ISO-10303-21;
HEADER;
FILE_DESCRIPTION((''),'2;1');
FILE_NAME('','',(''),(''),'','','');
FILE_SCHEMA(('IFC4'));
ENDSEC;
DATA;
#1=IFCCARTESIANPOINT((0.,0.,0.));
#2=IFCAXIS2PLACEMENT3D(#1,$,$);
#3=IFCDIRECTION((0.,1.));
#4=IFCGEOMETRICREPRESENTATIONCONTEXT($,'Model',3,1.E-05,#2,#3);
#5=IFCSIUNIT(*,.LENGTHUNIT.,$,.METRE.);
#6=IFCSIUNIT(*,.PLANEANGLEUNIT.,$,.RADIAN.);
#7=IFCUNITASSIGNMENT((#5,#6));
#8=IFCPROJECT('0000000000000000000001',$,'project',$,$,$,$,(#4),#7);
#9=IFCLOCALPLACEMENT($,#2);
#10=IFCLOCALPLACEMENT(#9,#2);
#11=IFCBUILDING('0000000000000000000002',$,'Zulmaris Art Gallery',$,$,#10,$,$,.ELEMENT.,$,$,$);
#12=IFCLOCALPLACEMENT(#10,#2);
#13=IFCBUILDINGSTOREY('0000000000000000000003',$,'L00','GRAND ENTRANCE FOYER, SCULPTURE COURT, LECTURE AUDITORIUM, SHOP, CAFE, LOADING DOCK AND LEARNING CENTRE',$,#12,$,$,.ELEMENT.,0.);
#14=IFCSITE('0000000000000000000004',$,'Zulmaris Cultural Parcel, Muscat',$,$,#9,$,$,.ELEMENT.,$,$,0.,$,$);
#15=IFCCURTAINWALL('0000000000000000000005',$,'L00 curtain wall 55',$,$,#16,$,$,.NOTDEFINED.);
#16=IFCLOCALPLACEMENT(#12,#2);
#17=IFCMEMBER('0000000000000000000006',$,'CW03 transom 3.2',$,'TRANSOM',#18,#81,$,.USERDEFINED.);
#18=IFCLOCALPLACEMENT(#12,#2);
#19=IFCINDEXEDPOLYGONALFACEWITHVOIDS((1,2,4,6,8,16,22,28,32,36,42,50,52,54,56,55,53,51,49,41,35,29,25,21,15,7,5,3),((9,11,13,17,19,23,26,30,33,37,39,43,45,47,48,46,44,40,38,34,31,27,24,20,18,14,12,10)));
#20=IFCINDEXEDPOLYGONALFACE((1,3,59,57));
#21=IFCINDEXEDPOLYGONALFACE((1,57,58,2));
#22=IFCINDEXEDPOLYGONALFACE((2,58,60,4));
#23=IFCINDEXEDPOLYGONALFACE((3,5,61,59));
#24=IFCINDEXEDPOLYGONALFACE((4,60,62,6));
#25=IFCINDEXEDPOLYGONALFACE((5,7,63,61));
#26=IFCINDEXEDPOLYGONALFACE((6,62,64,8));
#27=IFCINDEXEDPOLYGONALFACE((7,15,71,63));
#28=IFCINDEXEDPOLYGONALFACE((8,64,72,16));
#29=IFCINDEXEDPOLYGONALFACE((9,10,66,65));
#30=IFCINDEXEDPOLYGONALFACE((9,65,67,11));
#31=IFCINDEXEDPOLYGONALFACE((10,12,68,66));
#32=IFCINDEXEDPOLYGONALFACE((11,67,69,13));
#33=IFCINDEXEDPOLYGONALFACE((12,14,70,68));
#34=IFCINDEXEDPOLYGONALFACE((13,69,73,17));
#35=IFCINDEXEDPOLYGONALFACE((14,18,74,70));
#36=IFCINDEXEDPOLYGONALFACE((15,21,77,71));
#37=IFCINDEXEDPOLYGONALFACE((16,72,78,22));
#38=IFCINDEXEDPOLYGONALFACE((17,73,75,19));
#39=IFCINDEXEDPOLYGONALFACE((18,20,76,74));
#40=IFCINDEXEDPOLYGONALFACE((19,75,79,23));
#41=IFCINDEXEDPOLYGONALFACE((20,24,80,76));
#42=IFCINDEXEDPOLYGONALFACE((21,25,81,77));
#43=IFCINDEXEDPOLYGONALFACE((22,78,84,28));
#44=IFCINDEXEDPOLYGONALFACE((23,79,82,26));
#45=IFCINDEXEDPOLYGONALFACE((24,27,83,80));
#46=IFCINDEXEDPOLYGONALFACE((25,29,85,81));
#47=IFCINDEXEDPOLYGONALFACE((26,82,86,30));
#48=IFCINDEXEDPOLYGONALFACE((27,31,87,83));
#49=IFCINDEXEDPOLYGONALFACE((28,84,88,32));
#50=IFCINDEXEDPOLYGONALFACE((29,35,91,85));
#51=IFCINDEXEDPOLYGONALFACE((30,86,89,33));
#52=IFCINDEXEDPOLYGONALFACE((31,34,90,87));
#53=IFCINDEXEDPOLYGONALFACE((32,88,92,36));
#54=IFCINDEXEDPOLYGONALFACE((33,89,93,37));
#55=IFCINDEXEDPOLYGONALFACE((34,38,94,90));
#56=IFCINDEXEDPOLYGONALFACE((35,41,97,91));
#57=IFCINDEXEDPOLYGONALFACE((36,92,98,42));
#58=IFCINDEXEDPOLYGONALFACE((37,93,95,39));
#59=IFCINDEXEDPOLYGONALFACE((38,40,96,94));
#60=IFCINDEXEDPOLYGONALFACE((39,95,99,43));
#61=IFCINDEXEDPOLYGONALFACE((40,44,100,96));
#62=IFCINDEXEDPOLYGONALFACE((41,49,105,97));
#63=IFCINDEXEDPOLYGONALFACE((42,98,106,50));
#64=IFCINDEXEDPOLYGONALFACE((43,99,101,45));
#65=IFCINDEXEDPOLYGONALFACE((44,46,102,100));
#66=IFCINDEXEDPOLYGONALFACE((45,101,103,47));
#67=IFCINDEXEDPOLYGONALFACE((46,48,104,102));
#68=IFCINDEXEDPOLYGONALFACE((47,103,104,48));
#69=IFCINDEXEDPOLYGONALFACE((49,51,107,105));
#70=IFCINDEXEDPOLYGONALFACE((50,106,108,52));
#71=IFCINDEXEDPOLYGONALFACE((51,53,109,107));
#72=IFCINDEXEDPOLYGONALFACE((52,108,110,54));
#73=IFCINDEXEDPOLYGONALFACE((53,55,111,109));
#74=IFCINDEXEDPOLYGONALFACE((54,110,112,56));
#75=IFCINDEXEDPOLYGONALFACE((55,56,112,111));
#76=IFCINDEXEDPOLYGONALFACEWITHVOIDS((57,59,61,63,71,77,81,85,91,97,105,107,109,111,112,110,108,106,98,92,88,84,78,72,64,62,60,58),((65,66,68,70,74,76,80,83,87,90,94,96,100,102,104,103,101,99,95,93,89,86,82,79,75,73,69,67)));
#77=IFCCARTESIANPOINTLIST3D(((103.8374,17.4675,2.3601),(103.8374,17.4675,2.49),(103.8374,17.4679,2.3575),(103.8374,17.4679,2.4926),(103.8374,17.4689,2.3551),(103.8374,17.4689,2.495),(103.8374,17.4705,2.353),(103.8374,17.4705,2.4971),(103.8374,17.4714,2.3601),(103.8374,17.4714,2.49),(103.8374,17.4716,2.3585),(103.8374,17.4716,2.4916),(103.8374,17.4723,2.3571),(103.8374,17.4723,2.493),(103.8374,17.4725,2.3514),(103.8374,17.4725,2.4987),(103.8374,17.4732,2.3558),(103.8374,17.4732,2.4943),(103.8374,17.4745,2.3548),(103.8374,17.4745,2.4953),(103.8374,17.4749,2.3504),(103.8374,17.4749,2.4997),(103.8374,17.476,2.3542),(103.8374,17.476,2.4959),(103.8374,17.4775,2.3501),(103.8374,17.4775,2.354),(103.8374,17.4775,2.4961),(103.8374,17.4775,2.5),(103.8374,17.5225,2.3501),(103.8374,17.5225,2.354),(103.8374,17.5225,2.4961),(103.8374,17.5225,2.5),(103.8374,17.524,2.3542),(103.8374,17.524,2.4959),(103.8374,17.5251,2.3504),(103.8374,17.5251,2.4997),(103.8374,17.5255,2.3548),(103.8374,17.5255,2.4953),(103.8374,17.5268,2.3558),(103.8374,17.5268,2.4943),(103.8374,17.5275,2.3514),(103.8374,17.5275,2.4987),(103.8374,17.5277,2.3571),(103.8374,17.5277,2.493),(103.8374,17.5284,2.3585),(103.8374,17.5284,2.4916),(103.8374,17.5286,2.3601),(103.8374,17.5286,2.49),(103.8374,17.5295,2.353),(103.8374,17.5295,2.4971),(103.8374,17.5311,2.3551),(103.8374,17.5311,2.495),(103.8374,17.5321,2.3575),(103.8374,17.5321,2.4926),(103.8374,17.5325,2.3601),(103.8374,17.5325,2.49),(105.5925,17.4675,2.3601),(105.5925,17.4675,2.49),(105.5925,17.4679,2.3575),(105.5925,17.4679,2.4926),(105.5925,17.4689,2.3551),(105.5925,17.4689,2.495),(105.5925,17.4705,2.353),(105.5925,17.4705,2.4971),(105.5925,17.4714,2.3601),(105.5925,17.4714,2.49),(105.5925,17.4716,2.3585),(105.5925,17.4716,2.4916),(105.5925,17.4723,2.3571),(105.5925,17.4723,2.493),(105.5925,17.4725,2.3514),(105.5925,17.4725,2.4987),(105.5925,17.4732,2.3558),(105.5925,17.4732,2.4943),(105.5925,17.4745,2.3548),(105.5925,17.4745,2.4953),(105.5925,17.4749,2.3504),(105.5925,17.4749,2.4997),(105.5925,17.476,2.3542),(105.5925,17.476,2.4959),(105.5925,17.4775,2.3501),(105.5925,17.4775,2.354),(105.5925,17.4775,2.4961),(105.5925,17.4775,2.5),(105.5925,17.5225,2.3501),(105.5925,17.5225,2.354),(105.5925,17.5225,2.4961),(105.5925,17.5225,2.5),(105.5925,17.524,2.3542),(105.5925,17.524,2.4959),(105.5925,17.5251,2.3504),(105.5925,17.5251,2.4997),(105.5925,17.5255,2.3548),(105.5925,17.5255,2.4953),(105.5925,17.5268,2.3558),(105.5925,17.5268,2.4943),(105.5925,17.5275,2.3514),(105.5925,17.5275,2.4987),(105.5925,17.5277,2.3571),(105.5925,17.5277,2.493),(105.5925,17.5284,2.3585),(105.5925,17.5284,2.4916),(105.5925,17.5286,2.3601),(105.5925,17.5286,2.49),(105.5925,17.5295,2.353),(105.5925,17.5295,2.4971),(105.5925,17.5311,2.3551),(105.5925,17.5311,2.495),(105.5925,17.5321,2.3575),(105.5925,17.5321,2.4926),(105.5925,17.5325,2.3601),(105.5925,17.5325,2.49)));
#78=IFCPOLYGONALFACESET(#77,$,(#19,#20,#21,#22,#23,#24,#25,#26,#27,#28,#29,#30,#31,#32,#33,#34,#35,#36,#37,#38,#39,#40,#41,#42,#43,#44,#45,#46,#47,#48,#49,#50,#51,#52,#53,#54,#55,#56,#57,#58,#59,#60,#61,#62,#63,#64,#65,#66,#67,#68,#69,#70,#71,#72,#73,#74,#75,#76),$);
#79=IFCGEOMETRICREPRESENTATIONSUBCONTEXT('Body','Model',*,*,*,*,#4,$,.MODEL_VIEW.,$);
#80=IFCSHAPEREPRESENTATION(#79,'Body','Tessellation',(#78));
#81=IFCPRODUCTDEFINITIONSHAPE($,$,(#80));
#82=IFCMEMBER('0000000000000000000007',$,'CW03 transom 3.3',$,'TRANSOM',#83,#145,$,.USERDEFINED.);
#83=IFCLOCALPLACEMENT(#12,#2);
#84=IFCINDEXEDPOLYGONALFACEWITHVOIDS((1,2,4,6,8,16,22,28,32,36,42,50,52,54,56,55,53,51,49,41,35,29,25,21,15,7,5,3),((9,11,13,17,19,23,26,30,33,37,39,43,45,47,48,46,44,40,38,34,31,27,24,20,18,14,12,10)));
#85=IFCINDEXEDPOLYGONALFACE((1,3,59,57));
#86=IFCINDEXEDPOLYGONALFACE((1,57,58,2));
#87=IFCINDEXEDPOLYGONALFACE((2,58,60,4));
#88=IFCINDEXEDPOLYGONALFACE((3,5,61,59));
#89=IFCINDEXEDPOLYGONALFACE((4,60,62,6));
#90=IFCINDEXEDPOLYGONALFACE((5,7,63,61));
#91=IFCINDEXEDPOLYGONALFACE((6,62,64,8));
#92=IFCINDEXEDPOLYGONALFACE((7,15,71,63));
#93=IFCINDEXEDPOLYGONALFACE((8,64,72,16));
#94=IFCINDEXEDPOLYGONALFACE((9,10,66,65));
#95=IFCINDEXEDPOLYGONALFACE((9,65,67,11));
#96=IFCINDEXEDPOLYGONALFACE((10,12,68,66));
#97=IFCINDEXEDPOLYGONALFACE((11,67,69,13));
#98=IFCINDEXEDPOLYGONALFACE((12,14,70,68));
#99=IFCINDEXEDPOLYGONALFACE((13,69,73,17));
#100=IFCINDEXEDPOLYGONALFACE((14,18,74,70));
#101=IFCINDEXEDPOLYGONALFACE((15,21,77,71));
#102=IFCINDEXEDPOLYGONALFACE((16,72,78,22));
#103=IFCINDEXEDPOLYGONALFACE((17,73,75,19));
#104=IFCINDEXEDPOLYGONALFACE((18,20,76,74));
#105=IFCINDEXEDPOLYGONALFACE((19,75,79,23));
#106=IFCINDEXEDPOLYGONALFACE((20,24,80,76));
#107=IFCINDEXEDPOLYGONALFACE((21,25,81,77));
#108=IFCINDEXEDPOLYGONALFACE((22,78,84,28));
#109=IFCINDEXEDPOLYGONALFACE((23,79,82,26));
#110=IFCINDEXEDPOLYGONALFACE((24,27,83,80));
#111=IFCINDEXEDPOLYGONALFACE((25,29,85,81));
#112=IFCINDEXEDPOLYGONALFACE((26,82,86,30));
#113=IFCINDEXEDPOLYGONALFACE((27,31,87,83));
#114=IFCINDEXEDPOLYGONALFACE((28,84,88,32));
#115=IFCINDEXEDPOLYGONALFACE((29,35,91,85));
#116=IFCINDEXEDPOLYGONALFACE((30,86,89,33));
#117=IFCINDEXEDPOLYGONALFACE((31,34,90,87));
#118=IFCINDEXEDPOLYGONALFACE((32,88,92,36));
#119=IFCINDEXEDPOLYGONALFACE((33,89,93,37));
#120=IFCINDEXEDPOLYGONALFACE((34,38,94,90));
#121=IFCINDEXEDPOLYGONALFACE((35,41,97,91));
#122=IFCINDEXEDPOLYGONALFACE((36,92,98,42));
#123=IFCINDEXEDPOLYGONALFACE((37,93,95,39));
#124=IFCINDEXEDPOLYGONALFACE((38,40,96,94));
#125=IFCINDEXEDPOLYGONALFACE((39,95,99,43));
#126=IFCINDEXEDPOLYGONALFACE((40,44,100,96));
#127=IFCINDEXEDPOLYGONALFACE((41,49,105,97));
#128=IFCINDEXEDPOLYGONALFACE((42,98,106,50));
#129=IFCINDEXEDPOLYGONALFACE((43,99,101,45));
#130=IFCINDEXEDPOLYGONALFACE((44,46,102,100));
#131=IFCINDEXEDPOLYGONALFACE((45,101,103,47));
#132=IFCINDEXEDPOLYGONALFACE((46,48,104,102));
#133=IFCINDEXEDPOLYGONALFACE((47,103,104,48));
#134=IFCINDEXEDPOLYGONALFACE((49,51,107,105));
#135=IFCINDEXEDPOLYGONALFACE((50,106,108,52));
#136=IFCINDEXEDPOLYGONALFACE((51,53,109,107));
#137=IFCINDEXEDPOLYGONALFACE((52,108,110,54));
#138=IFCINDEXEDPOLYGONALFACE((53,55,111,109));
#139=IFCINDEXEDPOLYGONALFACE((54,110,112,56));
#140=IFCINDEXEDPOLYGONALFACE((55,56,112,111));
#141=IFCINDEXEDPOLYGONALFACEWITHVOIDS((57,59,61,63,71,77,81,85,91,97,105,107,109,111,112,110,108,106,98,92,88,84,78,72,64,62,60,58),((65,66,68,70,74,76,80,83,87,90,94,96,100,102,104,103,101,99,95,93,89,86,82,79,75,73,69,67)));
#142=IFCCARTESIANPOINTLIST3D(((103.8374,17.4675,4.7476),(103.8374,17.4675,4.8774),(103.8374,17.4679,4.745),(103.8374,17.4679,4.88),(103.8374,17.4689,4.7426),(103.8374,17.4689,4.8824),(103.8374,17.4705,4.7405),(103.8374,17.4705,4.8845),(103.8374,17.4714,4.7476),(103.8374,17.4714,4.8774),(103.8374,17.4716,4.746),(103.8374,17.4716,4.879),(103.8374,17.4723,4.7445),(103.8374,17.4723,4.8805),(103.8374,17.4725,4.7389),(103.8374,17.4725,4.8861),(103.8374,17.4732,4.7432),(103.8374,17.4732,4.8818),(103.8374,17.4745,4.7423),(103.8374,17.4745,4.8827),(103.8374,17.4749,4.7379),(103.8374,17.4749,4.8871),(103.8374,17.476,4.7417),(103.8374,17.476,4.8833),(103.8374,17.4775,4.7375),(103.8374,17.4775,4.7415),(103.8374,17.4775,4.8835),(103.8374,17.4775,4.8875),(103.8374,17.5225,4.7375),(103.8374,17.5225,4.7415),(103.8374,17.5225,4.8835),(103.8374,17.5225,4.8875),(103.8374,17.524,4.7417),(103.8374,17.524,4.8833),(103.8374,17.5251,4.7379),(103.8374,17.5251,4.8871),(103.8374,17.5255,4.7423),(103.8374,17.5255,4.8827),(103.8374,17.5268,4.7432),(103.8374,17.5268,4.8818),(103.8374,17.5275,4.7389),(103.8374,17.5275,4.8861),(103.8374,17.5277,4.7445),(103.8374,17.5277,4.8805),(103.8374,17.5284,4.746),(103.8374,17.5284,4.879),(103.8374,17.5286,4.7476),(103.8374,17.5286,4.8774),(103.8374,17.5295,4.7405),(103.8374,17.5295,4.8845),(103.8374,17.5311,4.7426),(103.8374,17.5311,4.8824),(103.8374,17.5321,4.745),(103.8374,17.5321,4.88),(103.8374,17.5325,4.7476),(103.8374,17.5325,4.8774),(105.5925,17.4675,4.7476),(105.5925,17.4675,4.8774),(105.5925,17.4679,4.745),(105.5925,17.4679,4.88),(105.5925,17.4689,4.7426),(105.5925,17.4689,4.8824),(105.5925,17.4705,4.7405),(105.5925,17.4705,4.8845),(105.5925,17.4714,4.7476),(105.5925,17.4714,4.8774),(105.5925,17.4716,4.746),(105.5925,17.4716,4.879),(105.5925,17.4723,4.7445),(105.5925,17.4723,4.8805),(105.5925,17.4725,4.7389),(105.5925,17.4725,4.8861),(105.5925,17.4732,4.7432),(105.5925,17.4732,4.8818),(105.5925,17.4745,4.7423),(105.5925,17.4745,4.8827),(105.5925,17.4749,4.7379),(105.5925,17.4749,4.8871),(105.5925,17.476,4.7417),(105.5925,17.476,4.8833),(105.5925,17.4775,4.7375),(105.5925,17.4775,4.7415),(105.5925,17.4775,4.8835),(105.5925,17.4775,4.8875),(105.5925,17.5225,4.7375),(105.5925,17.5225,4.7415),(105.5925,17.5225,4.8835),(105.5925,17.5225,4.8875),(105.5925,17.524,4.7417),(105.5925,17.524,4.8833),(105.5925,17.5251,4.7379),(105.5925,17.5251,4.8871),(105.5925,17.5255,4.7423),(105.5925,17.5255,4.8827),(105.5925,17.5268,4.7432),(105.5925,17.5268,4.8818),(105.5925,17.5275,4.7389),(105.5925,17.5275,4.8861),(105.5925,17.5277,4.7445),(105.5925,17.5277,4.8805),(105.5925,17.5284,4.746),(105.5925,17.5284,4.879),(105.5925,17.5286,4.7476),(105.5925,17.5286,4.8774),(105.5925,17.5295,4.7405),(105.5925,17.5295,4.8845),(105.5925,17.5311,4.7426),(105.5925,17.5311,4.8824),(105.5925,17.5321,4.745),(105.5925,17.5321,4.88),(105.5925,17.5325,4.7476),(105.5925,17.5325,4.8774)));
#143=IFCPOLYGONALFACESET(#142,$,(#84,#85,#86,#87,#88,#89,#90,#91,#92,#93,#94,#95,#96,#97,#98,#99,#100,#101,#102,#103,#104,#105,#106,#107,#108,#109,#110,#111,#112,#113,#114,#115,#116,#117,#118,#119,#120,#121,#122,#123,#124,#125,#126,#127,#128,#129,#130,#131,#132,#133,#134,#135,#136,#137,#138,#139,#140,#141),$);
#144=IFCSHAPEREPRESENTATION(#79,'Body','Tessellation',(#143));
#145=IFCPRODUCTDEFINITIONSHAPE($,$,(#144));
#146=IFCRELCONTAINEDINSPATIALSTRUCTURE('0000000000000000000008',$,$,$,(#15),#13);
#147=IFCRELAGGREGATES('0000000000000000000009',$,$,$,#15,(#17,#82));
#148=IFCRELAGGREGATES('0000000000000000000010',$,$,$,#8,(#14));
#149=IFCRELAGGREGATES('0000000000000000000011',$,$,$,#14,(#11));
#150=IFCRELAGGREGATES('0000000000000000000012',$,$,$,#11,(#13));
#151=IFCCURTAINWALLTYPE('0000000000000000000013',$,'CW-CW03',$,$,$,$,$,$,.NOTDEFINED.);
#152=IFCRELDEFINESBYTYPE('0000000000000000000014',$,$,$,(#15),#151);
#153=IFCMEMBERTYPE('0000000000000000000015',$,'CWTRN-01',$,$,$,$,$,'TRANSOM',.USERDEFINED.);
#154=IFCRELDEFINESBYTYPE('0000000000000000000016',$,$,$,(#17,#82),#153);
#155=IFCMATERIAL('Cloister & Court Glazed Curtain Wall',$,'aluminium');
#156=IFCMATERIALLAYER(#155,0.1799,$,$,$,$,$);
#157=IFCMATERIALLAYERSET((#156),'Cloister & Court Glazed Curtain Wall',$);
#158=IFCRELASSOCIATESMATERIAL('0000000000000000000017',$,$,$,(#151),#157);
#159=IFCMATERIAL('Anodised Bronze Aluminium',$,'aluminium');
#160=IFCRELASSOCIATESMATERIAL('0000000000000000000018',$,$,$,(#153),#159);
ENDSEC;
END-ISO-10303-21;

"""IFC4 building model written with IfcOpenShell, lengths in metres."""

from ifc_helpers import new_model, si_unit, direction, frame, origin, origin_2d, place, context, subcontext, project, spatial, hollow_rectangle, extrude, material, layer, layer_set, material_profile, profile_set, type_object, element, aggregate, save


model = new_model("IFC4")

# Units and contexts
model_context = context("Model", 3, precision=1e-05, world=origin(), true_north=direction((0.0, 1.0)))
body_context = subcontext(model_context, "Body", "Model", "MODEL_VIEW")
ifc_project = project(units=[si_unit("LENGTHUNIT", "METRE"), si_unit("PLANEANGLEUNIT", "RADIAN")], contexts=[model_context])

# Site, building, storey
site_placement = place(None, origin())
site = spatial("IfcSite", under=ifc_project, at=site_placement, Name="Zulmaris Cultural Parcel, Muscat", CompositionType="ELEMENT", RefElevation=0.0)
building_placement = place(site_placement, origin())
building = spatial("IfcBuilding", under=site, at=building_placement, Name="Zulmaris Art Gallery", CompositionType="ELEMENT")
storey_placement = place(building_placement, origin())
storey = spatial("IfcBuildingStorey", under=building, at=storey_placement, Name="L00", Description="GRAND ENTRANCE FOYER, SCULPTURE COURT, LECTURE AUDITORIUM, SHOP, CAFE, LOADING DOCK AND LEARNING CENTRE", CompositionType="ELEMENT", Elevation=0.0)

# Curtain wall, members
ifc_material_1 = material(Name="Cloister & Court Glazed Curtain Wall", Category="aluminium")
ifc_layer_1 = layer(ifc_material_1, 0.1799)
ifc_layer_set_1 = layer_set([ifc_layer_1], Name="Cloister & Court Glazed Curtain Wall")
curtain_wall_type = type_object("IfcCurtainWallType", Name="CW-CW03", PredefinedType="NOTDEFINED", material=ifc_layer_set_1)
curtain_wall_placement = place(storey_placement, origin())
curtain_wall = element("IfcCurtainWall", 1, at=curtain_wall_placement, inside=storey, type_object=curtain_wall_type, Name="L00 curtain wall 55", PredefinedType="NOTDEFINED")
ifc_material_2 = material(Name="Anodised Bronze Aluminium", Category="aluminium")
ifc_material_profile_1 = material_profile(ifc_material_2, hollow_rectangle(XDim=0.0649, YDim=0.1499, WallThickness=0.0039, InnerFilletRadius=0.0061, OuterFilletRadius=0.01, at=origin_2d()), Name="ALU 65x150x4")
ifc_profile_set_1 = profile_set([ifc_material_profile_1], Name="Anodised Bronze Aluminium")
member_type_1 = type_object("IfcMemberType", Name="CWTRN-01", ElementType="TRANSOM", PredefinedType="USERDEFINED", material=ifc_profile_set_1)
member_1_placement = place(storey_placement, frame((103.8374, 17.5, 2.425), z_axis=(1.0, 0.0, 0.0), x_axis=(0.0, 1.0, 0.0)))
member_1 = element("IfcMember", 2, at=member_1_placement, type_object=member_type_1, Name="CW03 transom 3.2", ObjectType="TRANSOM", PredefinedType="USERDEFINED", context=body_context, shape_type="SweptSolid", body=[
    extrude(hollow_rectangle(XDim=0.0649, YDim=0.1499, WallThickness=0.0039, InnerFilletRadius=0.0061, OuterFilletRadius=0.01, at=origin_2d()), origin(), (0.0, 0.0, 1.0), 1.7551),
])
member_2_placement = place(storey_placement, frame((103.8374, 17.5, 4.8125), z_axis=(1.0, 0.0, 0.0), x_axis=(0.0, 1.0, 0.0)))
member_2 = element("IfcMember", 3, at=member_2_placement, type_object=member_type_1, Name="CW03 transom 3.3", ObjectType="TRANSOM", PredefinedType="USERDEFINED", context=body_context, shape_type="SweptSolid", body=[
    extrude(hollow_rectangle(XDim=0.0649, YDim=0.1499, WallThickness=0.0039, InnerFilletRadius=0.0061, OuterFilletRadius=0.01, at=origin_2d()), origin(), (0.0, 0.0, 1.0), 1.7551),
])
aggregate(curtain_wall, [member_1, member_2])

save(model, "model.ifc")
